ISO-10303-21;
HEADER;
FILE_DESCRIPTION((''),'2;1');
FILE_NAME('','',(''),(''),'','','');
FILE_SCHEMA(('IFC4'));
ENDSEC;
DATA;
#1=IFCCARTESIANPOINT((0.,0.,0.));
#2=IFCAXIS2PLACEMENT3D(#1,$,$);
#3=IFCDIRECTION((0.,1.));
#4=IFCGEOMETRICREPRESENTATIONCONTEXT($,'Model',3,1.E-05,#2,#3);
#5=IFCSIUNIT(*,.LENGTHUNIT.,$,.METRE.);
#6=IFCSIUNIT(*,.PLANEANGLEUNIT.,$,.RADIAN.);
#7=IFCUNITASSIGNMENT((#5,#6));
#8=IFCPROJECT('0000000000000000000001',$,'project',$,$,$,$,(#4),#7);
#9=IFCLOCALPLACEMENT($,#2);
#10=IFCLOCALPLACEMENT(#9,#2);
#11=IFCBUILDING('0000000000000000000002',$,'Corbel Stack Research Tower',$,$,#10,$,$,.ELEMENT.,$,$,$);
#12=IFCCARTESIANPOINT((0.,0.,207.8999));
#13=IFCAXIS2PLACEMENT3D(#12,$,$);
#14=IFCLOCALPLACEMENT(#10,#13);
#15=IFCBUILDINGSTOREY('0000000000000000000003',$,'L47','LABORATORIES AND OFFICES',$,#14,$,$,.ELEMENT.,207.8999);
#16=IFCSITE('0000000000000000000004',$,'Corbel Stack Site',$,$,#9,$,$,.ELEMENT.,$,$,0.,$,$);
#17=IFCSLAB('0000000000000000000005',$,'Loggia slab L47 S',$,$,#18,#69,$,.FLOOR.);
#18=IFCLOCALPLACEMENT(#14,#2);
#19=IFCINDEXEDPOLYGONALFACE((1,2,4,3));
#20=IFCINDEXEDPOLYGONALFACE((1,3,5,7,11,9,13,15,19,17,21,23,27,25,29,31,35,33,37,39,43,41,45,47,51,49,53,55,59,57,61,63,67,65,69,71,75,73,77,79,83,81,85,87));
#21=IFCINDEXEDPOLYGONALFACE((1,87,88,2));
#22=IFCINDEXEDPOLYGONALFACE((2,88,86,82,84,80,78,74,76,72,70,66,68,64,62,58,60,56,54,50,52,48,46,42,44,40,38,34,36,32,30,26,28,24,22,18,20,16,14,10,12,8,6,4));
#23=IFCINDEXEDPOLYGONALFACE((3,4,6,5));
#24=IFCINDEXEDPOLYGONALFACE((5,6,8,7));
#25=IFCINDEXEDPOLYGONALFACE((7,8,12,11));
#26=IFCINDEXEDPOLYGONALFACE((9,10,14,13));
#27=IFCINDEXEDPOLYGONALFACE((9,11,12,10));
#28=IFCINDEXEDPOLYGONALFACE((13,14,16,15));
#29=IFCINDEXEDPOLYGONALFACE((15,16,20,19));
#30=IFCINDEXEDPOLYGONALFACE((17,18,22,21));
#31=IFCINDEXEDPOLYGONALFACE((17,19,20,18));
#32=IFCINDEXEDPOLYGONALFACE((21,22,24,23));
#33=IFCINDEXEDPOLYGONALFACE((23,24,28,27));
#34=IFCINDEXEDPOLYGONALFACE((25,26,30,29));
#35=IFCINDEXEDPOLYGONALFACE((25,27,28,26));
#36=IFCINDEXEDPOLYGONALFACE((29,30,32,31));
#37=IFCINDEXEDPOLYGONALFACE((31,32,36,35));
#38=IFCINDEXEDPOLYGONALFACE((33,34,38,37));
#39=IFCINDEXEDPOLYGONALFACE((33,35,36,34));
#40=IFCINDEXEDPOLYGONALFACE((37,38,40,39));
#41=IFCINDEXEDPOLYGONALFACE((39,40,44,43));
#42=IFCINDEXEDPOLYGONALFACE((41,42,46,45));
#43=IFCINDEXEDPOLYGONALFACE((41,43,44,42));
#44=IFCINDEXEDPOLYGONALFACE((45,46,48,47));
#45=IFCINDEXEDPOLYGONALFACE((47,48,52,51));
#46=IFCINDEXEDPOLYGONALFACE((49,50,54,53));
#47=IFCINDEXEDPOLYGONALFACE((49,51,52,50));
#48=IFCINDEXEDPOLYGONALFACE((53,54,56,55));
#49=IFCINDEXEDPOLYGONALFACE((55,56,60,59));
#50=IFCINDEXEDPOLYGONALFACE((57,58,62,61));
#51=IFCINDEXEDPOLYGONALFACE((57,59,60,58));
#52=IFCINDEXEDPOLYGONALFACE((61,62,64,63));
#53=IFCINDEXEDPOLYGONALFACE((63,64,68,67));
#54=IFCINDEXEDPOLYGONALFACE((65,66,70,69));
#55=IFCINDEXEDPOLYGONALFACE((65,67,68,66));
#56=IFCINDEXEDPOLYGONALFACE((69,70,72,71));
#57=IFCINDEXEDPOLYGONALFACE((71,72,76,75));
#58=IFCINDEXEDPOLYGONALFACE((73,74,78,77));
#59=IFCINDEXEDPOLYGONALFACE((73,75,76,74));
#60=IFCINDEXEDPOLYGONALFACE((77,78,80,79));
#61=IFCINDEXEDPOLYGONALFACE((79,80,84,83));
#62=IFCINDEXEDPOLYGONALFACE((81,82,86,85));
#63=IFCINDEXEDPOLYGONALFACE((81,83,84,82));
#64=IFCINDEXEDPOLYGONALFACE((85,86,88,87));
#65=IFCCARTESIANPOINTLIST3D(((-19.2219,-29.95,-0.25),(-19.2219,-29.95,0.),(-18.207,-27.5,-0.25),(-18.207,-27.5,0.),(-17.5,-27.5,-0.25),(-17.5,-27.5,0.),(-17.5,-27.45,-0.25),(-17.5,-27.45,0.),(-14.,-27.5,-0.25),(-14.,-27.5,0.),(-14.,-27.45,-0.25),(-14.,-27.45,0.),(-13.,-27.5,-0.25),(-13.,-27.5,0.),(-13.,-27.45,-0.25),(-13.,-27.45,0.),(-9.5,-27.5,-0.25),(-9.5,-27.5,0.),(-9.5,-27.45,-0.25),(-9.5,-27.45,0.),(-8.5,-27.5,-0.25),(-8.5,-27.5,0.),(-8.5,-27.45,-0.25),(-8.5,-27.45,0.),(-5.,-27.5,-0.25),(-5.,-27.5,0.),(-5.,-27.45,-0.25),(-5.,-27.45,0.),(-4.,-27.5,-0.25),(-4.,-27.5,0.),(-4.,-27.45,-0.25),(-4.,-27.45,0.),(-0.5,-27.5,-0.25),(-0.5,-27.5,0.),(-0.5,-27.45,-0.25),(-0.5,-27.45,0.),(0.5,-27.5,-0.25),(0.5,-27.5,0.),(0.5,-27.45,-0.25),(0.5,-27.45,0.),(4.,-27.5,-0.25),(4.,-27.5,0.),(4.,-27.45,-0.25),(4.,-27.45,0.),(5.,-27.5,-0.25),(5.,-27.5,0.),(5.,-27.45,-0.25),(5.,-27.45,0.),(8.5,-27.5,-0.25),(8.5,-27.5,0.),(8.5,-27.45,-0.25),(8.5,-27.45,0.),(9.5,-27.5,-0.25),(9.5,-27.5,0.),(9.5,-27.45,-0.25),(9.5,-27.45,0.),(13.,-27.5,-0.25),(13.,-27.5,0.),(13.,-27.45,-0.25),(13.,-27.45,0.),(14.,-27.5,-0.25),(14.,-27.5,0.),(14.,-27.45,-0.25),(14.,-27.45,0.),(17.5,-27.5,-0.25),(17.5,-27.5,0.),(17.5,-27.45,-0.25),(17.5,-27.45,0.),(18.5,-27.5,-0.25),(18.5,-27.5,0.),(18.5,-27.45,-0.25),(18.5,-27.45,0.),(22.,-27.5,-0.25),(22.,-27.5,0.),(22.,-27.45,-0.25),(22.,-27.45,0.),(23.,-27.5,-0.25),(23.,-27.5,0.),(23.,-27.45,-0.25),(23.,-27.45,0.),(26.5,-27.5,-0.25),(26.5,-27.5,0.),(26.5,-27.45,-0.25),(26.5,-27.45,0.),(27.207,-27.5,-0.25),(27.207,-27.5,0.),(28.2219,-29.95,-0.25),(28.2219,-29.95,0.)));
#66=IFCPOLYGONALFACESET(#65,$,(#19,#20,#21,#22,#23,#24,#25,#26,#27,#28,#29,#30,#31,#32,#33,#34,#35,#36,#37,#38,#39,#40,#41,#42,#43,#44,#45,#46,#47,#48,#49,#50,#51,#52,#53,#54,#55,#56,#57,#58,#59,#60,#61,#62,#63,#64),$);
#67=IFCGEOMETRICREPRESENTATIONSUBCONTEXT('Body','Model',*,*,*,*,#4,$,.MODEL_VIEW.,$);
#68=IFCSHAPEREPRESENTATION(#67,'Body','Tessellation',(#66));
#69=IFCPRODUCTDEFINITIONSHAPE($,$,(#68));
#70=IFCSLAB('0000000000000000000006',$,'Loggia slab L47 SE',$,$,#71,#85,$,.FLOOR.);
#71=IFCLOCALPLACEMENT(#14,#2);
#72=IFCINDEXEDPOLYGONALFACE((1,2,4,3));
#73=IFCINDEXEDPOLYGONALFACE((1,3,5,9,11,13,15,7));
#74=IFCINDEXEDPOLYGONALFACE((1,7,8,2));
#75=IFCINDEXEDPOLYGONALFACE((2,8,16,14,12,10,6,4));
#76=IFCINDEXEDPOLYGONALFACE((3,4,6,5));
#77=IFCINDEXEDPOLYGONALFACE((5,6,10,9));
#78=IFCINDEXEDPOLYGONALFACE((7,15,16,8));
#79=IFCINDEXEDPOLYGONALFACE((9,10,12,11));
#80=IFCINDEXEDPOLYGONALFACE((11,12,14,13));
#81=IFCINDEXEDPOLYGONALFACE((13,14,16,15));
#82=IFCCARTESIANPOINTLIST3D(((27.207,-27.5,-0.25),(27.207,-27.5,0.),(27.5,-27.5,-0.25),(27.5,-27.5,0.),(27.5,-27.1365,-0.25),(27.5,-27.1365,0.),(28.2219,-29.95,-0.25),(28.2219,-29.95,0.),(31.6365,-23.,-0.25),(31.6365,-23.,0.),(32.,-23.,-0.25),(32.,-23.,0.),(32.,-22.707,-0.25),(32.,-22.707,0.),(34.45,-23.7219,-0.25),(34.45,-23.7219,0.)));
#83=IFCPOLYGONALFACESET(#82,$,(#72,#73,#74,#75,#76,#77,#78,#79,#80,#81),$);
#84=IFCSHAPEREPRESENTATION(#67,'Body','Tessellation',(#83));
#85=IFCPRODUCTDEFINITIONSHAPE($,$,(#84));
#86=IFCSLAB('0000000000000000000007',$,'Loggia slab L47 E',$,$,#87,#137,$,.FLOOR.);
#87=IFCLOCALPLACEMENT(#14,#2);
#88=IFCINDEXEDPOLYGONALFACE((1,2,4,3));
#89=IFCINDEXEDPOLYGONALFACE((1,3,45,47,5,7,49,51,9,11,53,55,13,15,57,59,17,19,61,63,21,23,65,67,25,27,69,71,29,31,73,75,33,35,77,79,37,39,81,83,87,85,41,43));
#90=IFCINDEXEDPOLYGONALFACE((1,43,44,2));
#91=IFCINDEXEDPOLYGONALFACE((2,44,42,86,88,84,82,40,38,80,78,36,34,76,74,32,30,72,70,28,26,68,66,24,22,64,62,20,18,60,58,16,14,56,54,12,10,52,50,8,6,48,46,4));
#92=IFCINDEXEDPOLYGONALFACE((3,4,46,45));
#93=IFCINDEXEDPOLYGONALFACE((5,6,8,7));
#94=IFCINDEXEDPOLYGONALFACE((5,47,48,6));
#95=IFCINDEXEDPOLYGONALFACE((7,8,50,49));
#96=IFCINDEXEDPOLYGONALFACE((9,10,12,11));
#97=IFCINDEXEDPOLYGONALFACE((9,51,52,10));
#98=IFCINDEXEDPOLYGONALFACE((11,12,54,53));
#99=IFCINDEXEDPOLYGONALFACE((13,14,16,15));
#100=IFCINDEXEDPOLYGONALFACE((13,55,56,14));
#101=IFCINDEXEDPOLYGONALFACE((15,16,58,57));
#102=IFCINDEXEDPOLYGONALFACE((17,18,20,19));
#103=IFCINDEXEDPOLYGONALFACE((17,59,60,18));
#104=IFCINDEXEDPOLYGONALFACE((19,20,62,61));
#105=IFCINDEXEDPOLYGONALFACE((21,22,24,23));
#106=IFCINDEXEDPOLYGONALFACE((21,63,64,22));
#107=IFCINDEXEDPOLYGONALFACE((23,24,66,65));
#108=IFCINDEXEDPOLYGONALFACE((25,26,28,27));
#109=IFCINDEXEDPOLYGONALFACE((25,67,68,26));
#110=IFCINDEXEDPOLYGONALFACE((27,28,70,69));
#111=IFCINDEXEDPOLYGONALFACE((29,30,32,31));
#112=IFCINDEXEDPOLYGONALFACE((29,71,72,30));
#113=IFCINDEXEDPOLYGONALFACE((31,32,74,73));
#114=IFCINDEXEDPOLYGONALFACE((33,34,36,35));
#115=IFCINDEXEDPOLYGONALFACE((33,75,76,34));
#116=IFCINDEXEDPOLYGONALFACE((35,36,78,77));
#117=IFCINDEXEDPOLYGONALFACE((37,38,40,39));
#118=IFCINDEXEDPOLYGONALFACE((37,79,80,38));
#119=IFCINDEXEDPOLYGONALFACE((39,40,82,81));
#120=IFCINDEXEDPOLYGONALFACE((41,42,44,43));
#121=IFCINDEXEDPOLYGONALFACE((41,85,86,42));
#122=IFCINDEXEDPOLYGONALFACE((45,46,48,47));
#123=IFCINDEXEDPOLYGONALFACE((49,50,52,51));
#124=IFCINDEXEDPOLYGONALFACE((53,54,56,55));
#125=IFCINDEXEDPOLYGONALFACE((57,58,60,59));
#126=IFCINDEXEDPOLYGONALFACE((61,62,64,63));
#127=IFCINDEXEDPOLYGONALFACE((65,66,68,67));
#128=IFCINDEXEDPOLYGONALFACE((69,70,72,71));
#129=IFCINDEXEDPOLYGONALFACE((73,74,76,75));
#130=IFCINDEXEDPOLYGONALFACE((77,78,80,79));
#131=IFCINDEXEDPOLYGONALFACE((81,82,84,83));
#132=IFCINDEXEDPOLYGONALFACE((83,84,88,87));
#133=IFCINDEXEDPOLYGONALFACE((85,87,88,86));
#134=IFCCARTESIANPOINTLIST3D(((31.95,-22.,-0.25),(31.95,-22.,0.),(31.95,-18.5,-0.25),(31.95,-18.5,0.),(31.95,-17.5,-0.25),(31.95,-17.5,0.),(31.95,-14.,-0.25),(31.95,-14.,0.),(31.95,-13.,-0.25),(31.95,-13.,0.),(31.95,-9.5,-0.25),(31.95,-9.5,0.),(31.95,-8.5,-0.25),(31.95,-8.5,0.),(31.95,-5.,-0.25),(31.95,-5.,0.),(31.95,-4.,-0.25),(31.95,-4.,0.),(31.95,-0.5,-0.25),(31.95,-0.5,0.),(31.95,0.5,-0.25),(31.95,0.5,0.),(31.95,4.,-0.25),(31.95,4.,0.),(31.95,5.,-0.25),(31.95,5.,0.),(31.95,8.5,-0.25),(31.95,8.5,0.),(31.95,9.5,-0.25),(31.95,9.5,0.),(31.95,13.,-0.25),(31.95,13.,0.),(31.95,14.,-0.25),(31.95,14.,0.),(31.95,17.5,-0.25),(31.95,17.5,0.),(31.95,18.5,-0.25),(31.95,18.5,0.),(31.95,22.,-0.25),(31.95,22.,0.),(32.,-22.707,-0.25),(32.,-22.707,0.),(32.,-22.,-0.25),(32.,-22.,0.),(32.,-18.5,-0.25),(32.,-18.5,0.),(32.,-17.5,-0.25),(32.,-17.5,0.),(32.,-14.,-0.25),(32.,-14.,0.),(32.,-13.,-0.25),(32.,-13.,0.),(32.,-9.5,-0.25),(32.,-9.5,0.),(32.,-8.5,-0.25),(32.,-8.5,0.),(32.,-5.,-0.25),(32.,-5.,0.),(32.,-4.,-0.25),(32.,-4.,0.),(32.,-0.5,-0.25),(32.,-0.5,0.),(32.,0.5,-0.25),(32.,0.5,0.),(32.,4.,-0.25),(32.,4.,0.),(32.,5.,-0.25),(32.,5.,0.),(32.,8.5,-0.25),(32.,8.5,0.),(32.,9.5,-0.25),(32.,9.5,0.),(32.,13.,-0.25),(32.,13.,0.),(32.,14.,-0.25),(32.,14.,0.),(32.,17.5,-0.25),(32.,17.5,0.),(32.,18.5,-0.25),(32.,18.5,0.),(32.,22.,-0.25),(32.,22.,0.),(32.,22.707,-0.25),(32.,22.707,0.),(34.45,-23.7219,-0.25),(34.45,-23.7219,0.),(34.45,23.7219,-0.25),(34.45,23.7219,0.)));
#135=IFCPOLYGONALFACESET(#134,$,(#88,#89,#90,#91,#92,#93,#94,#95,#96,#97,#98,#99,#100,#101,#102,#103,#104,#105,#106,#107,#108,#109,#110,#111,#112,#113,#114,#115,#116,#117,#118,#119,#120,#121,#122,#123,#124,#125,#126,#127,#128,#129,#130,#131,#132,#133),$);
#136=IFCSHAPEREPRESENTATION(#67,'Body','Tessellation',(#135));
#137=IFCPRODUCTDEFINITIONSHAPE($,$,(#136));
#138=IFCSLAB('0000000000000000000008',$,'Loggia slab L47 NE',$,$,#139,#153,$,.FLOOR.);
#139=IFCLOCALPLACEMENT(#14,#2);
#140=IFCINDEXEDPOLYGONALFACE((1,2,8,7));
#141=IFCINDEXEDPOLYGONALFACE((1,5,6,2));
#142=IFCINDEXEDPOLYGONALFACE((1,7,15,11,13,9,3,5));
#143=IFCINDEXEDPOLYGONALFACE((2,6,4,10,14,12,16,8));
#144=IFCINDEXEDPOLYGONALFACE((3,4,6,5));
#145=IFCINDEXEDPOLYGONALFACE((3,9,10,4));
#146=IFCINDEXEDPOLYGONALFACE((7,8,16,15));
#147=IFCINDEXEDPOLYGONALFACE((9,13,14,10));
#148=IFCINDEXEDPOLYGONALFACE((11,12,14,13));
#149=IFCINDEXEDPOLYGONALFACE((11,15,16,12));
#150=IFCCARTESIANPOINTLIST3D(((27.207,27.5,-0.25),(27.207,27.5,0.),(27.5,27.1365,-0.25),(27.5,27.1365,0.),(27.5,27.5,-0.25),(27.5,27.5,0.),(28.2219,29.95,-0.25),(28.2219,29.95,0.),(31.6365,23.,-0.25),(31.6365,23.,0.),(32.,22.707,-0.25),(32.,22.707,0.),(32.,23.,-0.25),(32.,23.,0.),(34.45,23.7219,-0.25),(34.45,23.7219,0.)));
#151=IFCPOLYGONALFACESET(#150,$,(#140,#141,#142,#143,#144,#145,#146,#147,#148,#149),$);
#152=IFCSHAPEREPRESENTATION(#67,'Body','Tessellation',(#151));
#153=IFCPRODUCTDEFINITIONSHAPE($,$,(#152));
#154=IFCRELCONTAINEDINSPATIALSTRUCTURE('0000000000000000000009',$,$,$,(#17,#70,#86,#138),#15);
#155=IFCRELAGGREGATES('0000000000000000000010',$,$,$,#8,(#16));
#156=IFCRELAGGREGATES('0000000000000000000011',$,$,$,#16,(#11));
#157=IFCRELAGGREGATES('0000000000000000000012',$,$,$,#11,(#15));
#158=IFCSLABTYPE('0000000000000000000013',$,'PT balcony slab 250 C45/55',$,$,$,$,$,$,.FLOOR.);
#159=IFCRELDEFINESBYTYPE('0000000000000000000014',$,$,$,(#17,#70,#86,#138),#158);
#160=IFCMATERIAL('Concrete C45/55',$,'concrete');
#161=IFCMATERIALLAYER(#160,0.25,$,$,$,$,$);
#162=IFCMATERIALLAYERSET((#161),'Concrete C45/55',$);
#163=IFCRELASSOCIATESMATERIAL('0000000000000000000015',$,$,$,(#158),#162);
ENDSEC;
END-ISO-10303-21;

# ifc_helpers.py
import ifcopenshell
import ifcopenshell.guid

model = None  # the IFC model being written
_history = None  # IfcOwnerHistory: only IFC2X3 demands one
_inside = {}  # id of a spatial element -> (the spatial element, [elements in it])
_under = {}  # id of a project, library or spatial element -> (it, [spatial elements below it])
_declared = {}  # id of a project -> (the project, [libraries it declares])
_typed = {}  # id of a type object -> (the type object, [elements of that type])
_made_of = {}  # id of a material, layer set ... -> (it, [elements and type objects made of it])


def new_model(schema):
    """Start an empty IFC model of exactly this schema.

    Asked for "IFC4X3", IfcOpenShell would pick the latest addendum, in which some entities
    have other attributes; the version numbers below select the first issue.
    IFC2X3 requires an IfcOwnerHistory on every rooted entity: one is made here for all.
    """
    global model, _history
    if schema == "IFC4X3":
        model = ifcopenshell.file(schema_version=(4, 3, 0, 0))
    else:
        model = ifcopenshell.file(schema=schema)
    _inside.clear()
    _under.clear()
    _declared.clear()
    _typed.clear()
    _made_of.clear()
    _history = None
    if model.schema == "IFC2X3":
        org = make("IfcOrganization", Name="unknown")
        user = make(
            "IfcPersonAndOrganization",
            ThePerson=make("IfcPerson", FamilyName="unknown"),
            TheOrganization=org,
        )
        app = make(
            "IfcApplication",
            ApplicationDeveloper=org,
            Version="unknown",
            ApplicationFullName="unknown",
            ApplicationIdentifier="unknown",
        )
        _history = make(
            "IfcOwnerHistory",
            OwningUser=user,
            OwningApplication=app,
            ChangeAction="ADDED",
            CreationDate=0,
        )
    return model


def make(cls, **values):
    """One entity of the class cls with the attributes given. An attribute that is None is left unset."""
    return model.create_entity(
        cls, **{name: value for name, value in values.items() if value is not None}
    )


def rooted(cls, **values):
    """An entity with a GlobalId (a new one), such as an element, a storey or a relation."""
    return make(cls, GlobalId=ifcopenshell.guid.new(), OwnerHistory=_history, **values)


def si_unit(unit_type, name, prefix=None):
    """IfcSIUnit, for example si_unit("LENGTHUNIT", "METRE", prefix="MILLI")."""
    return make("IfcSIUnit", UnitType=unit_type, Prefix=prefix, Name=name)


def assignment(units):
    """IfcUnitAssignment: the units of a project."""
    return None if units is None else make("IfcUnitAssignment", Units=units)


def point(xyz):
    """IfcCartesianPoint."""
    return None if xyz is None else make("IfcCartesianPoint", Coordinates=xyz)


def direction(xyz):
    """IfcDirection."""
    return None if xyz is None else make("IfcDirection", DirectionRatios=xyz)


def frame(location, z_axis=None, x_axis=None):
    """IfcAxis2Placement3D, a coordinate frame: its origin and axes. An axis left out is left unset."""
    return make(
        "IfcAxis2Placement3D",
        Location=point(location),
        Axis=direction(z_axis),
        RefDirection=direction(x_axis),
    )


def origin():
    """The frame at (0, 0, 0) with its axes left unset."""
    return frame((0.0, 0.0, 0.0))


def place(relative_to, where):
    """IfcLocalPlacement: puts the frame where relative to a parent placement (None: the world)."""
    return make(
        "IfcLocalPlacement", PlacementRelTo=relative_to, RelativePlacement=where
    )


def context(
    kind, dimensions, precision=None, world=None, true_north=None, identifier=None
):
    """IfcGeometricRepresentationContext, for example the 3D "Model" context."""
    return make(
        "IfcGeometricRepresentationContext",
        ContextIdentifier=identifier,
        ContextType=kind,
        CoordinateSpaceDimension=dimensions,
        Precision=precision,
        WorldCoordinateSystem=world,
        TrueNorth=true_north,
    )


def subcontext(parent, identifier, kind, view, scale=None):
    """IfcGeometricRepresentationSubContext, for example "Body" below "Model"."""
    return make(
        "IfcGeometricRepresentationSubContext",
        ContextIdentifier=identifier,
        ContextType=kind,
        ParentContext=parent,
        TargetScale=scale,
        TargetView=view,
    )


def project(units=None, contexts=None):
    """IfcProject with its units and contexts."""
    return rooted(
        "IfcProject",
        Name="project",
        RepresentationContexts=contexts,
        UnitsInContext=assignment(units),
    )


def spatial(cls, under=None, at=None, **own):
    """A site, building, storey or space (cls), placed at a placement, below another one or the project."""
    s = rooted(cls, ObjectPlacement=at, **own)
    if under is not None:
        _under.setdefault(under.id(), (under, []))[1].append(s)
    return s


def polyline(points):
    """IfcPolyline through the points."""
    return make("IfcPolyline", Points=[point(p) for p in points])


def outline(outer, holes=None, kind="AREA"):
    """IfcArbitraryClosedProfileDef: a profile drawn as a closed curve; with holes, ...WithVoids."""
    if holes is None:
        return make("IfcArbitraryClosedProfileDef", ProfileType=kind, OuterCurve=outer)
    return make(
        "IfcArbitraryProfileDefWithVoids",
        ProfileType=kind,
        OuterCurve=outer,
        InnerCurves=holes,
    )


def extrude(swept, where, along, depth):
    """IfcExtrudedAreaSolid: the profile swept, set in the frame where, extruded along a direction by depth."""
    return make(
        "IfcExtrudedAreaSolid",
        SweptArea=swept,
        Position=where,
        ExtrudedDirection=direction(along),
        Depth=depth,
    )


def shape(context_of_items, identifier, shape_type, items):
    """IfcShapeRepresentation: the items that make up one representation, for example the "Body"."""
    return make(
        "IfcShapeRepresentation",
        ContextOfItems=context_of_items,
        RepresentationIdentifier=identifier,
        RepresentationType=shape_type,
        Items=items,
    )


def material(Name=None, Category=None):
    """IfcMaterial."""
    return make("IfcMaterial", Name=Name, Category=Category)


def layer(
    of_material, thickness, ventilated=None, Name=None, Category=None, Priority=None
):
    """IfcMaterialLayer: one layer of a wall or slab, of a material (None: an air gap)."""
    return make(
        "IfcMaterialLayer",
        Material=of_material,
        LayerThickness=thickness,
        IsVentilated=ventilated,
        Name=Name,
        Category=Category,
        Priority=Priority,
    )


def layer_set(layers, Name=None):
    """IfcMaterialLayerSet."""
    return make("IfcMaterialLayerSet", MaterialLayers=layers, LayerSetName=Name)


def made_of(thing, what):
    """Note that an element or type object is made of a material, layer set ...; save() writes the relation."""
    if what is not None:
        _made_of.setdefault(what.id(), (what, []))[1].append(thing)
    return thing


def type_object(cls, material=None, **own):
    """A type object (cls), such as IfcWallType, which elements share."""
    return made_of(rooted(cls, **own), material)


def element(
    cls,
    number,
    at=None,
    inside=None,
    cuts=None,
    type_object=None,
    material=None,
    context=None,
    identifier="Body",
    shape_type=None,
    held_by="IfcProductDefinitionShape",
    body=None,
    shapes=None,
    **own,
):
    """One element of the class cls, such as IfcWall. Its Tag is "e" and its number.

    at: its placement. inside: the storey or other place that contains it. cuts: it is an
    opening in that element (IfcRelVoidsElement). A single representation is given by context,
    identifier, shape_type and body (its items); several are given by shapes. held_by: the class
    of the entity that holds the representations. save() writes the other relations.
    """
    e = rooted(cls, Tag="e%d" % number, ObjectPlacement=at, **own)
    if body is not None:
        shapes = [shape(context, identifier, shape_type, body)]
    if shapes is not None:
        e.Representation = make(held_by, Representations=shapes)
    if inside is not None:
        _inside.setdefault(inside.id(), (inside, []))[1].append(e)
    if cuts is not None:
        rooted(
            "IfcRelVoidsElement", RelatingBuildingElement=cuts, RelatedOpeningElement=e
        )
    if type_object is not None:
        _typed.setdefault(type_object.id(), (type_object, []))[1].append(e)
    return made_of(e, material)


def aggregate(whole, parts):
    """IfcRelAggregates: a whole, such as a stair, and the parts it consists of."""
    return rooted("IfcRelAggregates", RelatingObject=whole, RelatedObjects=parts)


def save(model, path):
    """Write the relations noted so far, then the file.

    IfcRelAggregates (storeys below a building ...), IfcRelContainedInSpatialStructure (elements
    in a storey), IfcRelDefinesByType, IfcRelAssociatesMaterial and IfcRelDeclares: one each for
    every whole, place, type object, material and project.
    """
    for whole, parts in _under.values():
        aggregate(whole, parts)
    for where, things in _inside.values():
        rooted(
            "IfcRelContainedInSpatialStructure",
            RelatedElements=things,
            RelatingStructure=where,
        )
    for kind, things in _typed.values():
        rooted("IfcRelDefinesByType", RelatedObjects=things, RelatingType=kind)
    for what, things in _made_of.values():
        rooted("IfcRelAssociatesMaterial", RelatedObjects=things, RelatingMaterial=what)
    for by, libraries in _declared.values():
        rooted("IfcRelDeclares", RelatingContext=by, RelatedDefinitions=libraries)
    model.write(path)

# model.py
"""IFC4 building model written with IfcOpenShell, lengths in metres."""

from ifc_helpers import new_model, si_unit, direction, frame, origin, place, context, subcontext, project, spatial, polyline, outline, extrude, material, layer, layer_set, type_object, element, save


model = new_model("IFC4")

# Units and contexts
model_context = context("Model", 3, precision=1e-05, world=origin(), true_north=direction((0.0, 1.0)))
body_context = subcontext(model_context, "Body", "Model", "MODEL_VIEW")
ifc_project = project(units=[si_unit("LENGTHUNIT", "METRE"), si_unit("PLANEANGLEUNIT", "RADIAN")], contexts=[model_context])

# Site, building, storey
site_placement = place(None, origin())
site = spatial("IfcSite", under=ifc_project, at=site_placement, Name="Corbel Stack Site", CompositionType="ELEMENT", RefElevation=0.0)
building_placement = place(site_placement, origin())
building = spatial("IfcBuilding", under=site, at=building_placement, Name="Corbel Stack Research Tower", CompositionType="ELEMENT")
storey_placement = place(building_placement, frame((0.0, 0.0, 207.8999)))
storey = spatial("IfcBuildingStorey", under=building, at=storey_placement, Name="L47", Description="LABORATORIES AND OFFICES", CompositionType="ELEMENT", Elevation=207.8999)

# Slabs
ifc_material_1 = material(Name="Concrete C45/55", Category="concrete")
ifc_layer_1 = layer(ifc_material_1, 0.25)
ifc_layer_set_1 = layer_set([ifc_layer_1], Name="Concrete C45/55")
slab_type_1 = type_object("IfcSlabType", Name="PT balcony slab 250 C45/55", PredefinedType="FLOOR", material=ifc_layer_set_1)
slab_1_placement = place(storey_placement, frame((0.0, 0.0, -0.25)))
element("IfcSlab", 1, at=slab_1_placement, inside=storey, type_object=slab_type_1, Name="Loggia slab L47 S", PredefinedType="FLOOR", context=body_context, shape_type="SweptSolid", body=[
    extrude(outline(polyline([(27.207, -27.5), (26.5, -27.5), (26.5, -27.45), (23.0, -27.45), (23.0, -27.5), (22.0, -27.5), (22.0, -27.45), (18.5, -27.45), (18.5, -27.5), (17.5, -27.5), (17.5, -27.45), (14.0, -27.45), (14.0, -27.5), (13.0, -27.5), (13.0, -27.45), (9.5, -27.45), (9.5, -27.5), (8.5, -27.5), (8.5, -27.45), (5.0, -27.45), (5.0, -27.5), (4.0, -27.5), (4.0, -27.45), (0.5, -27.45), (0.5, -27.5), (-0.5, -27.5), (-0.5, -27.45), (-4.0, -27.45), (-4.0, -27.5), (-5.0, -27.5), (-5.0, -27.45), (-8.5, -27.45), (-8.5, -27.5), (-9.5, -27.5), (-9.5, -27.45), (-13.0, -27.45), (-13.0, -27.5), (-14.0, -27.5), (-14.0, -27.45), (-17.5, -27.45), (-17.5, -27.5), (-18.207, -27.5), (-19.2219, -29.95), (28.2219, -29.95), (27.207, -27.5)])), origin(), (0.0, 0.0, 1.0), 0.25),
])
slab_2_placement = place(storey_placement, frame((0.0, 0.0, -0.25)))
element("IfcSlab", 2, at=slab_2_placement, inside=storey, type_object=slab_type_1, Name="Loggia slab L47 SE", PredefinedType="FLOOR", context=body_context, shape_type="SweptSolid", body=[
    extrude(outline(polyline([(32.0, -22.707), (32.0, -23.0), (31.6365, -23.0), (27.5, -27.1365), (27.5, -27.5), (27.207, -27.5), (28.2219, -29.95), (34.45, -23.7219), (32.0, -22.707)])), origin(), (0.0, 0.0, 1.0), 0.25),
])
slab_3_placement = place(storey_placement, frame((0.0, 0.0, -0.25)))
element("IfcSlab", 3, at=slab_3_placement, inside=storey, type_object=slab_type_1, Name="Loggia slab L47 E", PredefinedType="FLOOR", context=body_context, shape_type="SweptSolid", body=[
    extrude(outline(polyline([(32.0, 22.707), (32.0, 22.0), (31.95, 22.0), (31.95, 18.5), (32.0, 18.5), (32.0, 17.5), (31.95, 17.5), (31.95, 14.0), (32.0, 14.0), (32.0, 13.0), (31.95, 13.0), (31.95, 9.5), (32.0, 9.5), (32.0, 8.5), (31.95, 8.5), (31.95, 5.0), (32.0, 5.0), (32.0, 4.0), (31.95, 4.0), (31.95, 0.5), (32.0, 0.5), (32.0, -0.5), (31.95, -0.5), (31.95, -4.0), (32.0, -4.0), (32.0, -5.0), (31.95, -5.0), (31.95, -8.5), (32.0, -8.5), (32.0, -9.5), (31.95, -9.5), (31.95, -13.0), (32.0, -13.0), (32.0, -14.0), (31.95, -14.0), (31.95, -17.5), (32.0, -17.5), (32.0, -18.5), (31.95, -18.5), (31.95, -22.0), (32.0, -22.0), (32.0, -22.707), (34.45, -23.7219), (34.45, 23.7219), (32.0, 22.707)])), origin(), (0.0, 0.0, 1.0), 0.25),
])
slab_4_placement = place(storey_placement, frame((0.0, 0.0, -0.25)))
element("IfcSlab", 4, at=slab_4_placement, inside=storey, type_object=slab_type_1, Name="Loggia slab L47 NE", PredefinedType="FLOOR", context=body_context, shape_type="SweptSolid", body=[
    extrude(outline(polyline([(27.207, 27.5), (27.5, 27.5), (27.5, 27.1365), (31.6365, 23.0), (32.0, 23.0), (32.0, 22.707), (34.45, 23.7219), (28.2219, 29.95), (27.207, 27.5)])), origin(), (0.0, 0.0, 1.0), 0.25),
])

save(model, "model.ifc")
